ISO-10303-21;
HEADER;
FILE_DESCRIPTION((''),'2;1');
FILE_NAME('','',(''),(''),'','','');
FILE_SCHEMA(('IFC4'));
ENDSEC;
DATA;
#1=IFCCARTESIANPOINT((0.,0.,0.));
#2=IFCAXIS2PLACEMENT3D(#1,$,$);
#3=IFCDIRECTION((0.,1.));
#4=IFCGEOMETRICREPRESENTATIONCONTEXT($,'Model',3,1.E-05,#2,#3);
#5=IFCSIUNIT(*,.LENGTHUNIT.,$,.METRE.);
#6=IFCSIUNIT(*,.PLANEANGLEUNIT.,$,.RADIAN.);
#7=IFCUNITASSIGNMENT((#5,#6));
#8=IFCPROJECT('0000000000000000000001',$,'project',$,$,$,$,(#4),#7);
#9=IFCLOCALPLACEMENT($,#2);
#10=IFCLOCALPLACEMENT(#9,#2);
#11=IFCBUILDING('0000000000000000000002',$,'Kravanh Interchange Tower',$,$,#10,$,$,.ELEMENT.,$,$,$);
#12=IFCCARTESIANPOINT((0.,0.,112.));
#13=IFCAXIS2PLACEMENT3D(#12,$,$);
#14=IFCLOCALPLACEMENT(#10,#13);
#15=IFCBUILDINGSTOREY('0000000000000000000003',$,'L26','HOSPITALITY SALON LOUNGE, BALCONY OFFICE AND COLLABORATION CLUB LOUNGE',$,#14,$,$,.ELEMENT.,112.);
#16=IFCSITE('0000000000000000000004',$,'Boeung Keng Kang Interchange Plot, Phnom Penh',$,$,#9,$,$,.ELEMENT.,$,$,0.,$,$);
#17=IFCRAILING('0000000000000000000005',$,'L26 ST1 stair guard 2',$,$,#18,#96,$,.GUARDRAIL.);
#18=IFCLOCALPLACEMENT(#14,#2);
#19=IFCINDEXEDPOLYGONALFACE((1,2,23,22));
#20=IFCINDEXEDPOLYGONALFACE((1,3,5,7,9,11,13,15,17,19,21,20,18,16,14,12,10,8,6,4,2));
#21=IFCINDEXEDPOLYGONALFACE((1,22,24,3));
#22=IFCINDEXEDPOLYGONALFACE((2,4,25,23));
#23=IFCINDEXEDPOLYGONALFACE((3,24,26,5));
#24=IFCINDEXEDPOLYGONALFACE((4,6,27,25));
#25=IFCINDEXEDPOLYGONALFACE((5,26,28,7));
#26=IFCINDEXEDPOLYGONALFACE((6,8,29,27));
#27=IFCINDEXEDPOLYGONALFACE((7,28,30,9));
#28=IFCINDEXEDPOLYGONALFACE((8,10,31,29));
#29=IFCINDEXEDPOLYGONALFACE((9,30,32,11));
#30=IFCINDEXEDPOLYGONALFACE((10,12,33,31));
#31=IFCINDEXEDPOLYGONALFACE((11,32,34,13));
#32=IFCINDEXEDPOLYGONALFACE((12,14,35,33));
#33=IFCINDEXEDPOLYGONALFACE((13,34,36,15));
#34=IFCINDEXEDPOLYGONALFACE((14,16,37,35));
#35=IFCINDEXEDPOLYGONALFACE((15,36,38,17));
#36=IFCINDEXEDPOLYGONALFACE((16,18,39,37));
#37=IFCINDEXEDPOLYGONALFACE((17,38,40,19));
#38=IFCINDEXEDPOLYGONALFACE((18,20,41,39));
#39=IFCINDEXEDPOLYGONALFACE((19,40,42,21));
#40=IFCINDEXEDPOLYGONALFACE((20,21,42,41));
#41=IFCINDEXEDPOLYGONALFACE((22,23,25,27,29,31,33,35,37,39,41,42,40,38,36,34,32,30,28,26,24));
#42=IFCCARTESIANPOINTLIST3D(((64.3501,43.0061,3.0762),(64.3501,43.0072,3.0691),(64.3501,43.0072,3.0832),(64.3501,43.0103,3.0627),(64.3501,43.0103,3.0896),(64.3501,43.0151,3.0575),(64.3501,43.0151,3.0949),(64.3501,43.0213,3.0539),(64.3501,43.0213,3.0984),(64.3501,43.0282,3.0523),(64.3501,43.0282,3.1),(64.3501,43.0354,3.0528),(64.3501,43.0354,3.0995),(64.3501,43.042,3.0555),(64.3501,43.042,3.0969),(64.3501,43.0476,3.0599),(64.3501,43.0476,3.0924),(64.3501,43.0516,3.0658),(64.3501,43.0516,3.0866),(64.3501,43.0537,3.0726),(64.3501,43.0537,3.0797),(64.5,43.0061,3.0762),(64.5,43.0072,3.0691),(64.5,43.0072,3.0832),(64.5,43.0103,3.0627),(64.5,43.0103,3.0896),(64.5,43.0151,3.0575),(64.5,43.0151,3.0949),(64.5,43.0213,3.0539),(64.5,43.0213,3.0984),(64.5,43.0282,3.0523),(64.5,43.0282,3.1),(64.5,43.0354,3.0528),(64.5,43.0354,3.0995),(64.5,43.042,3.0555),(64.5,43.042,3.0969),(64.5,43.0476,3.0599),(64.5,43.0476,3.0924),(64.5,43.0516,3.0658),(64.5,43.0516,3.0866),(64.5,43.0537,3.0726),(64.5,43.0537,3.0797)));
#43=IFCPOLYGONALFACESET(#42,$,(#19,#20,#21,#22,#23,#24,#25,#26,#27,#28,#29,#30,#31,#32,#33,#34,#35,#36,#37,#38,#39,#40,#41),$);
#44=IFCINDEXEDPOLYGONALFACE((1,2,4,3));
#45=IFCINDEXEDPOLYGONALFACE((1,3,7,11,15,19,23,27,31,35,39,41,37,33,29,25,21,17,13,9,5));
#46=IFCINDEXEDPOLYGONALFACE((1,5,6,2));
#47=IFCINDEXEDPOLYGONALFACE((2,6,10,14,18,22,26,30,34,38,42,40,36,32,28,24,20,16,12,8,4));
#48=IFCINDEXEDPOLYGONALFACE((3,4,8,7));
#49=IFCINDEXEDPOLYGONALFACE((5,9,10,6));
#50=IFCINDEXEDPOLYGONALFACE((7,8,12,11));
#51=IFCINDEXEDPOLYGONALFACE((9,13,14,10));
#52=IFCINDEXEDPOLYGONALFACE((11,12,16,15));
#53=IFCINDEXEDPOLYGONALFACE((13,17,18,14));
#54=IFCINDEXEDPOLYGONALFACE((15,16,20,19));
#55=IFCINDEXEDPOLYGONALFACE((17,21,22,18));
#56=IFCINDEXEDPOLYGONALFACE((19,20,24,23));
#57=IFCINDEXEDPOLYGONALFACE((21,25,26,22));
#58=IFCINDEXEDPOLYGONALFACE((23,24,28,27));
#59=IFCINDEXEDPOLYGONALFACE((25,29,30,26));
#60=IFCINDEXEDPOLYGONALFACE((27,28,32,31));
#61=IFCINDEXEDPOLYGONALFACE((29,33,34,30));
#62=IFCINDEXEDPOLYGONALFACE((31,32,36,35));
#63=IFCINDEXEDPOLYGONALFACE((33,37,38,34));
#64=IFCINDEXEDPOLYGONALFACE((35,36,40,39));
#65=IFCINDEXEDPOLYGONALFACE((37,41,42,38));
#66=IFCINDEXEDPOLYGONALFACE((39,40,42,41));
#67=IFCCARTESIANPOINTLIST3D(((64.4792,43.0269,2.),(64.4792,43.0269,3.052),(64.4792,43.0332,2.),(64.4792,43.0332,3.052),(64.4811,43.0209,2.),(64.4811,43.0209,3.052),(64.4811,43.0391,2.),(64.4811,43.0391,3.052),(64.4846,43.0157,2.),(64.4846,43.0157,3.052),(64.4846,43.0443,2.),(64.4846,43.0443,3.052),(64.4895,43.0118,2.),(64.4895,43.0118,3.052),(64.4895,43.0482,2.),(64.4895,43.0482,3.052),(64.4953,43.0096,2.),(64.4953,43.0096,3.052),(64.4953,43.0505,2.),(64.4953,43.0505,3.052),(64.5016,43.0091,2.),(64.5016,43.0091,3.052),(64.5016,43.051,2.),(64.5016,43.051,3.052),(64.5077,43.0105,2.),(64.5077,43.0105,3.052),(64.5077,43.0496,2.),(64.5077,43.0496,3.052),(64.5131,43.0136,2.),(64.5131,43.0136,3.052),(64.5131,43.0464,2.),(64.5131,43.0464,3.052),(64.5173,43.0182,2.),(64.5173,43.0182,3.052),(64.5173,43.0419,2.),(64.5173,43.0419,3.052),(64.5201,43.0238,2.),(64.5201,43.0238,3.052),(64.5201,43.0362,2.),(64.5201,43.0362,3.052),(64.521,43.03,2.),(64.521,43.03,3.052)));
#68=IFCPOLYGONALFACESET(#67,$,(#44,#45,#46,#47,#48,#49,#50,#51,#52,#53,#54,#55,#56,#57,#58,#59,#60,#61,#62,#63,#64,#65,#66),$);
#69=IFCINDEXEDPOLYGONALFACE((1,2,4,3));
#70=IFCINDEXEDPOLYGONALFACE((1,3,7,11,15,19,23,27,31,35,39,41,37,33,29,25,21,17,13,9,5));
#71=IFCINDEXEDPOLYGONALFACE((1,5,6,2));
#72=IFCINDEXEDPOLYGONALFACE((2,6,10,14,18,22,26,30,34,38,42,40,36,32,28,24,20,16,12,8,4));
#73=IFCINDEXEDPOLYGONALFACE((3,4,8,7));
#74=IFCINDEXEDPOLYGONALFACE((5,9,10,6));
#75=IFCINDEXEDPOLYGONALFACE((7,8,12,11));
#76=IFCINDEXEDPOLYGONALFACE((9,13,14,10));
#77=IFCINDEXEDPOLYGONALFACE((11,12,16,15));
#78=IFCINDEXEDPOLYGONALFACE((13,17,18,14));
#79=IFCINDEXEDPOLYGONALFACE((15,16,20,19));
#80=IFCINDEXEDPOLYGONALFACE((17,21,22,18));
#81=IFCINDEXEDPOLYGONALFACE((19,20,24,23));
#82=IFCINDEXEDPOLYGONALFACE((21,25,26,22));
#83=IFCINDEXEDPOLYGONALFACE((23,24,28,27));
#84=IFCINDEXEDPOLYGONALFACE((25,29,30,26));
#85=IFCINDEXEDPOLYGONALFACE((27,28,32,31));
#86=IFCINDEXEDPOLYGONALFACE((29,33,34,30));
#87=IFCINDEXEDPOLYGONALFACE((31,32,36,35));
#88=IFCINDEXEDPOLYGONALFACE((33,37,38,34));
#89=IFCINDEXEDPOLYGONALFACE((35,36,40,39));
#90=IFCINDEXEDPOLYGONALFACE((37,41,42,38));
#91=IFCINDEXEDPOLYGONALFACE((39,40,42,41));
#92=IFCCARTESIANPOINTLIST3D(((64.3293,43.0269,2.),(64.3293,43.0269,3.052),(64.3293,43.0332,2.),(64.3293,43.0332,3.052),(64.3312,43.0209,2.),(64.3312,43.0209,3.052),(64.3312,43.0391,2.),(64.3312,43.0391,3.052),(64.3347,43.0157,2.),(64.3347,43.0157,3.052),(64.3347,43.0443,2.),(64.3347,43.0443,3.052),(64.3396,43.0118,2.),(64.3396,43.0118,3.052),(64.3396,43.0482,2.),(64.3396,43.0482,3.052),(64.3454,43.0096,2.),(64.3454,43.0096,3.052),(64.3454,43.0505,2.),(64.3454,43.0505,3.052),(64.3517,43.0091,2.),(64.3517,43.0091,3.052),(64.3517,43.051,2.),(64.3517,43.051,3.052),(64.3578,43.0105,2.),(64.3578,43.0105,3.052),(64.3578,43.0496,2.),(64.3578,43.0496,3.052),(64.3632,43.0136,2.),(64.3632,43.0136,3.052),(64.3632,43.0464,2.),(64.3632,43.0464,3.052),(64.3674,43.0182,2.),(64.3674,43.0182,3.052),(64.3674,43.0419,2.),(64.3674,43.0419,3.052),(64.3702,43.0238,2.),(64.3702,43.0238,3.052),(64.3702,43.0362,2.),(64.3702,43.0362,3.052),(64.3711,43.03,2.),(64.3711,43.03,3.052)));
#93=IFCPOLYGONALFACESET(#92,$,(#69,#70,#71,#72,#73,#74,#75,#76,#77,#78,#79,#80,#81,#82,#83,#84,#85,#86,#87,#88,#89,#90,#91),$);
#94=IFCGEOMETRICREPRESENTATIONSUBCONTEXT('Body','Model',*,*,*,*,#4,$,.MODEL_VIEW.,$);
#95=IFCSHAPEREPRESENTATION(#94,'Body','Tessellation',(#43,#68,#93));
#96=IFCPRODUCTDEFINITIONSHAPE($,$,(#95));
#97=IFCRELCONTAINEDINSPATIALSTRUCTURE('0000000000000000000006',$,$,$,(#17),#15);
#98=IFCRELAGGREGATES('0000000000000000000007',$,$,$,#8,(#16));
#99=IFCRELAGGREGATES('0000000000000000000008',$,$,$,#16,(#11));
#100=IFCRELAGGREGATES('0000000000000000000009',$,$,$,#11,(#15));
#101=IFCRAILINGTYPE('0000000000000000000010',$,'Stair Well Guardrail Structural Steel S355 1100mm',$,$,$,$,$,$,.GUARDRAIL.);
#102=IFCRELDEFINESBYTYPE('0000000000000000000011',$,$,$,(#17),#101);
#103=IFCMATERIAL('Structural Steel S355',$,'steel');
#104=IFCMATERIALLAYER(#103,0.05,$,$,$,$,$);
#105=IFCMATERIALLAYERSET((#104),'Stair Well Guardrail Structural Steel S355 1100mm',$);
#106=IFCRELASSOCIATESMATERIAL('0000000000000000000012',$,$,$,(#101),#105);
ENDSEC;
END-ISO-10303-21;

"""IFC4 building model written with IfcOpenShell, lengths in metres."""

from ifc_helpers import new_model, si_unit, direction, frame, origin, origin_2d, place, context, subcontext, project, spatial, circle, extrude, material, layer, layer_set, type_object, element, save


model = new_model("IFC4")

# Units and contexts
model_context = context("Model", 3, precision=1e-05, world=origin(), true_north=direction((0.0, 1.0)))
body_context = subcontext(model_context, "Body", "Model", "MODEL_VIEW")
ifc_project = project(units=[si_unit("LENGTHUNIT", "METRE"), si_unit("PLANEANGLEUNIT", "RADIAN")], contexts=[model_context])

# Site, building, storey
site_placement = place(None, origin())
site = spatial("IfcSite", under=ifc_project, at=site_placement, Name="Boeung Keng Kang Interchange Plot, Phnom Penh", CompositionType="ELEMENT", RefElevation=0.0)
building_placement = place(site_placement, origin())
building = spatial("IfcBuilding", under=site, at=building_placement, Name="Kravanh Interchange Tower", CompositionType="ELEMENT")
storey_placement = place(building_placement, frame((0.0, 0.0, 112.0)))
storey = spatial("IfcBuildingStorey", under=building, at=storey_placement, Name="L26", Description="HOSPITALITY SALON LOUNGE, BALCONY OFFICE AND COLLABORATION CLUB LOUNGE", CompositionType="ELEMENT", Elevation=112.0)

# Railing
ifc_material_1 = material(Name="Structural Steel S355", Category="steel")
ifc_layer_1 = layer(ifc_material_1, 0.05)
ifc_layer_set_1 = layer_set([ifc_layer_1], Name="Stair Well Guardrail Structural Steel S355 1100mm")
railing_type_1 = type_object("IfcRailingType", Name="Stair Well Guardrail Structural Steel S355 1100mm", PredefinedType="GUARDRAIL", material=ifc_layer_set_1)
railing_1_placement = place(storey_placement, frame((64.5, 43.03, 2.0)))
element("IfcRailing", 1, at=railing_1_placement, inside=storey, type_object=railing_type_1, Name="L26 ST1 stair guard 2", PredefinedType="GUARDRAIL", context=body_context, shape_type="SweptSolid", body=[
    extrude(circle(Radius=0.0239, at=origin_2d()), frame((0.0, 0.0, 1.0762), z_axis=(-1.0, 0.0, 0.0), x_axis=(0.0, -1.0, 0.0)), (0.0, 0.0, 1.0), 0.1499),
    extrude(circle(Radius=0.021, at=origin_2d()), origin(), (0.0, 0.0, 1.0), 1.052),
    extrude(circle(Radius=0.021, at=origin_2d()), frame((-0.1499, 0.0, 0.0)), (0.0, 0.0, 1.0), 1.052),
])

save(model, "model.ifc")
